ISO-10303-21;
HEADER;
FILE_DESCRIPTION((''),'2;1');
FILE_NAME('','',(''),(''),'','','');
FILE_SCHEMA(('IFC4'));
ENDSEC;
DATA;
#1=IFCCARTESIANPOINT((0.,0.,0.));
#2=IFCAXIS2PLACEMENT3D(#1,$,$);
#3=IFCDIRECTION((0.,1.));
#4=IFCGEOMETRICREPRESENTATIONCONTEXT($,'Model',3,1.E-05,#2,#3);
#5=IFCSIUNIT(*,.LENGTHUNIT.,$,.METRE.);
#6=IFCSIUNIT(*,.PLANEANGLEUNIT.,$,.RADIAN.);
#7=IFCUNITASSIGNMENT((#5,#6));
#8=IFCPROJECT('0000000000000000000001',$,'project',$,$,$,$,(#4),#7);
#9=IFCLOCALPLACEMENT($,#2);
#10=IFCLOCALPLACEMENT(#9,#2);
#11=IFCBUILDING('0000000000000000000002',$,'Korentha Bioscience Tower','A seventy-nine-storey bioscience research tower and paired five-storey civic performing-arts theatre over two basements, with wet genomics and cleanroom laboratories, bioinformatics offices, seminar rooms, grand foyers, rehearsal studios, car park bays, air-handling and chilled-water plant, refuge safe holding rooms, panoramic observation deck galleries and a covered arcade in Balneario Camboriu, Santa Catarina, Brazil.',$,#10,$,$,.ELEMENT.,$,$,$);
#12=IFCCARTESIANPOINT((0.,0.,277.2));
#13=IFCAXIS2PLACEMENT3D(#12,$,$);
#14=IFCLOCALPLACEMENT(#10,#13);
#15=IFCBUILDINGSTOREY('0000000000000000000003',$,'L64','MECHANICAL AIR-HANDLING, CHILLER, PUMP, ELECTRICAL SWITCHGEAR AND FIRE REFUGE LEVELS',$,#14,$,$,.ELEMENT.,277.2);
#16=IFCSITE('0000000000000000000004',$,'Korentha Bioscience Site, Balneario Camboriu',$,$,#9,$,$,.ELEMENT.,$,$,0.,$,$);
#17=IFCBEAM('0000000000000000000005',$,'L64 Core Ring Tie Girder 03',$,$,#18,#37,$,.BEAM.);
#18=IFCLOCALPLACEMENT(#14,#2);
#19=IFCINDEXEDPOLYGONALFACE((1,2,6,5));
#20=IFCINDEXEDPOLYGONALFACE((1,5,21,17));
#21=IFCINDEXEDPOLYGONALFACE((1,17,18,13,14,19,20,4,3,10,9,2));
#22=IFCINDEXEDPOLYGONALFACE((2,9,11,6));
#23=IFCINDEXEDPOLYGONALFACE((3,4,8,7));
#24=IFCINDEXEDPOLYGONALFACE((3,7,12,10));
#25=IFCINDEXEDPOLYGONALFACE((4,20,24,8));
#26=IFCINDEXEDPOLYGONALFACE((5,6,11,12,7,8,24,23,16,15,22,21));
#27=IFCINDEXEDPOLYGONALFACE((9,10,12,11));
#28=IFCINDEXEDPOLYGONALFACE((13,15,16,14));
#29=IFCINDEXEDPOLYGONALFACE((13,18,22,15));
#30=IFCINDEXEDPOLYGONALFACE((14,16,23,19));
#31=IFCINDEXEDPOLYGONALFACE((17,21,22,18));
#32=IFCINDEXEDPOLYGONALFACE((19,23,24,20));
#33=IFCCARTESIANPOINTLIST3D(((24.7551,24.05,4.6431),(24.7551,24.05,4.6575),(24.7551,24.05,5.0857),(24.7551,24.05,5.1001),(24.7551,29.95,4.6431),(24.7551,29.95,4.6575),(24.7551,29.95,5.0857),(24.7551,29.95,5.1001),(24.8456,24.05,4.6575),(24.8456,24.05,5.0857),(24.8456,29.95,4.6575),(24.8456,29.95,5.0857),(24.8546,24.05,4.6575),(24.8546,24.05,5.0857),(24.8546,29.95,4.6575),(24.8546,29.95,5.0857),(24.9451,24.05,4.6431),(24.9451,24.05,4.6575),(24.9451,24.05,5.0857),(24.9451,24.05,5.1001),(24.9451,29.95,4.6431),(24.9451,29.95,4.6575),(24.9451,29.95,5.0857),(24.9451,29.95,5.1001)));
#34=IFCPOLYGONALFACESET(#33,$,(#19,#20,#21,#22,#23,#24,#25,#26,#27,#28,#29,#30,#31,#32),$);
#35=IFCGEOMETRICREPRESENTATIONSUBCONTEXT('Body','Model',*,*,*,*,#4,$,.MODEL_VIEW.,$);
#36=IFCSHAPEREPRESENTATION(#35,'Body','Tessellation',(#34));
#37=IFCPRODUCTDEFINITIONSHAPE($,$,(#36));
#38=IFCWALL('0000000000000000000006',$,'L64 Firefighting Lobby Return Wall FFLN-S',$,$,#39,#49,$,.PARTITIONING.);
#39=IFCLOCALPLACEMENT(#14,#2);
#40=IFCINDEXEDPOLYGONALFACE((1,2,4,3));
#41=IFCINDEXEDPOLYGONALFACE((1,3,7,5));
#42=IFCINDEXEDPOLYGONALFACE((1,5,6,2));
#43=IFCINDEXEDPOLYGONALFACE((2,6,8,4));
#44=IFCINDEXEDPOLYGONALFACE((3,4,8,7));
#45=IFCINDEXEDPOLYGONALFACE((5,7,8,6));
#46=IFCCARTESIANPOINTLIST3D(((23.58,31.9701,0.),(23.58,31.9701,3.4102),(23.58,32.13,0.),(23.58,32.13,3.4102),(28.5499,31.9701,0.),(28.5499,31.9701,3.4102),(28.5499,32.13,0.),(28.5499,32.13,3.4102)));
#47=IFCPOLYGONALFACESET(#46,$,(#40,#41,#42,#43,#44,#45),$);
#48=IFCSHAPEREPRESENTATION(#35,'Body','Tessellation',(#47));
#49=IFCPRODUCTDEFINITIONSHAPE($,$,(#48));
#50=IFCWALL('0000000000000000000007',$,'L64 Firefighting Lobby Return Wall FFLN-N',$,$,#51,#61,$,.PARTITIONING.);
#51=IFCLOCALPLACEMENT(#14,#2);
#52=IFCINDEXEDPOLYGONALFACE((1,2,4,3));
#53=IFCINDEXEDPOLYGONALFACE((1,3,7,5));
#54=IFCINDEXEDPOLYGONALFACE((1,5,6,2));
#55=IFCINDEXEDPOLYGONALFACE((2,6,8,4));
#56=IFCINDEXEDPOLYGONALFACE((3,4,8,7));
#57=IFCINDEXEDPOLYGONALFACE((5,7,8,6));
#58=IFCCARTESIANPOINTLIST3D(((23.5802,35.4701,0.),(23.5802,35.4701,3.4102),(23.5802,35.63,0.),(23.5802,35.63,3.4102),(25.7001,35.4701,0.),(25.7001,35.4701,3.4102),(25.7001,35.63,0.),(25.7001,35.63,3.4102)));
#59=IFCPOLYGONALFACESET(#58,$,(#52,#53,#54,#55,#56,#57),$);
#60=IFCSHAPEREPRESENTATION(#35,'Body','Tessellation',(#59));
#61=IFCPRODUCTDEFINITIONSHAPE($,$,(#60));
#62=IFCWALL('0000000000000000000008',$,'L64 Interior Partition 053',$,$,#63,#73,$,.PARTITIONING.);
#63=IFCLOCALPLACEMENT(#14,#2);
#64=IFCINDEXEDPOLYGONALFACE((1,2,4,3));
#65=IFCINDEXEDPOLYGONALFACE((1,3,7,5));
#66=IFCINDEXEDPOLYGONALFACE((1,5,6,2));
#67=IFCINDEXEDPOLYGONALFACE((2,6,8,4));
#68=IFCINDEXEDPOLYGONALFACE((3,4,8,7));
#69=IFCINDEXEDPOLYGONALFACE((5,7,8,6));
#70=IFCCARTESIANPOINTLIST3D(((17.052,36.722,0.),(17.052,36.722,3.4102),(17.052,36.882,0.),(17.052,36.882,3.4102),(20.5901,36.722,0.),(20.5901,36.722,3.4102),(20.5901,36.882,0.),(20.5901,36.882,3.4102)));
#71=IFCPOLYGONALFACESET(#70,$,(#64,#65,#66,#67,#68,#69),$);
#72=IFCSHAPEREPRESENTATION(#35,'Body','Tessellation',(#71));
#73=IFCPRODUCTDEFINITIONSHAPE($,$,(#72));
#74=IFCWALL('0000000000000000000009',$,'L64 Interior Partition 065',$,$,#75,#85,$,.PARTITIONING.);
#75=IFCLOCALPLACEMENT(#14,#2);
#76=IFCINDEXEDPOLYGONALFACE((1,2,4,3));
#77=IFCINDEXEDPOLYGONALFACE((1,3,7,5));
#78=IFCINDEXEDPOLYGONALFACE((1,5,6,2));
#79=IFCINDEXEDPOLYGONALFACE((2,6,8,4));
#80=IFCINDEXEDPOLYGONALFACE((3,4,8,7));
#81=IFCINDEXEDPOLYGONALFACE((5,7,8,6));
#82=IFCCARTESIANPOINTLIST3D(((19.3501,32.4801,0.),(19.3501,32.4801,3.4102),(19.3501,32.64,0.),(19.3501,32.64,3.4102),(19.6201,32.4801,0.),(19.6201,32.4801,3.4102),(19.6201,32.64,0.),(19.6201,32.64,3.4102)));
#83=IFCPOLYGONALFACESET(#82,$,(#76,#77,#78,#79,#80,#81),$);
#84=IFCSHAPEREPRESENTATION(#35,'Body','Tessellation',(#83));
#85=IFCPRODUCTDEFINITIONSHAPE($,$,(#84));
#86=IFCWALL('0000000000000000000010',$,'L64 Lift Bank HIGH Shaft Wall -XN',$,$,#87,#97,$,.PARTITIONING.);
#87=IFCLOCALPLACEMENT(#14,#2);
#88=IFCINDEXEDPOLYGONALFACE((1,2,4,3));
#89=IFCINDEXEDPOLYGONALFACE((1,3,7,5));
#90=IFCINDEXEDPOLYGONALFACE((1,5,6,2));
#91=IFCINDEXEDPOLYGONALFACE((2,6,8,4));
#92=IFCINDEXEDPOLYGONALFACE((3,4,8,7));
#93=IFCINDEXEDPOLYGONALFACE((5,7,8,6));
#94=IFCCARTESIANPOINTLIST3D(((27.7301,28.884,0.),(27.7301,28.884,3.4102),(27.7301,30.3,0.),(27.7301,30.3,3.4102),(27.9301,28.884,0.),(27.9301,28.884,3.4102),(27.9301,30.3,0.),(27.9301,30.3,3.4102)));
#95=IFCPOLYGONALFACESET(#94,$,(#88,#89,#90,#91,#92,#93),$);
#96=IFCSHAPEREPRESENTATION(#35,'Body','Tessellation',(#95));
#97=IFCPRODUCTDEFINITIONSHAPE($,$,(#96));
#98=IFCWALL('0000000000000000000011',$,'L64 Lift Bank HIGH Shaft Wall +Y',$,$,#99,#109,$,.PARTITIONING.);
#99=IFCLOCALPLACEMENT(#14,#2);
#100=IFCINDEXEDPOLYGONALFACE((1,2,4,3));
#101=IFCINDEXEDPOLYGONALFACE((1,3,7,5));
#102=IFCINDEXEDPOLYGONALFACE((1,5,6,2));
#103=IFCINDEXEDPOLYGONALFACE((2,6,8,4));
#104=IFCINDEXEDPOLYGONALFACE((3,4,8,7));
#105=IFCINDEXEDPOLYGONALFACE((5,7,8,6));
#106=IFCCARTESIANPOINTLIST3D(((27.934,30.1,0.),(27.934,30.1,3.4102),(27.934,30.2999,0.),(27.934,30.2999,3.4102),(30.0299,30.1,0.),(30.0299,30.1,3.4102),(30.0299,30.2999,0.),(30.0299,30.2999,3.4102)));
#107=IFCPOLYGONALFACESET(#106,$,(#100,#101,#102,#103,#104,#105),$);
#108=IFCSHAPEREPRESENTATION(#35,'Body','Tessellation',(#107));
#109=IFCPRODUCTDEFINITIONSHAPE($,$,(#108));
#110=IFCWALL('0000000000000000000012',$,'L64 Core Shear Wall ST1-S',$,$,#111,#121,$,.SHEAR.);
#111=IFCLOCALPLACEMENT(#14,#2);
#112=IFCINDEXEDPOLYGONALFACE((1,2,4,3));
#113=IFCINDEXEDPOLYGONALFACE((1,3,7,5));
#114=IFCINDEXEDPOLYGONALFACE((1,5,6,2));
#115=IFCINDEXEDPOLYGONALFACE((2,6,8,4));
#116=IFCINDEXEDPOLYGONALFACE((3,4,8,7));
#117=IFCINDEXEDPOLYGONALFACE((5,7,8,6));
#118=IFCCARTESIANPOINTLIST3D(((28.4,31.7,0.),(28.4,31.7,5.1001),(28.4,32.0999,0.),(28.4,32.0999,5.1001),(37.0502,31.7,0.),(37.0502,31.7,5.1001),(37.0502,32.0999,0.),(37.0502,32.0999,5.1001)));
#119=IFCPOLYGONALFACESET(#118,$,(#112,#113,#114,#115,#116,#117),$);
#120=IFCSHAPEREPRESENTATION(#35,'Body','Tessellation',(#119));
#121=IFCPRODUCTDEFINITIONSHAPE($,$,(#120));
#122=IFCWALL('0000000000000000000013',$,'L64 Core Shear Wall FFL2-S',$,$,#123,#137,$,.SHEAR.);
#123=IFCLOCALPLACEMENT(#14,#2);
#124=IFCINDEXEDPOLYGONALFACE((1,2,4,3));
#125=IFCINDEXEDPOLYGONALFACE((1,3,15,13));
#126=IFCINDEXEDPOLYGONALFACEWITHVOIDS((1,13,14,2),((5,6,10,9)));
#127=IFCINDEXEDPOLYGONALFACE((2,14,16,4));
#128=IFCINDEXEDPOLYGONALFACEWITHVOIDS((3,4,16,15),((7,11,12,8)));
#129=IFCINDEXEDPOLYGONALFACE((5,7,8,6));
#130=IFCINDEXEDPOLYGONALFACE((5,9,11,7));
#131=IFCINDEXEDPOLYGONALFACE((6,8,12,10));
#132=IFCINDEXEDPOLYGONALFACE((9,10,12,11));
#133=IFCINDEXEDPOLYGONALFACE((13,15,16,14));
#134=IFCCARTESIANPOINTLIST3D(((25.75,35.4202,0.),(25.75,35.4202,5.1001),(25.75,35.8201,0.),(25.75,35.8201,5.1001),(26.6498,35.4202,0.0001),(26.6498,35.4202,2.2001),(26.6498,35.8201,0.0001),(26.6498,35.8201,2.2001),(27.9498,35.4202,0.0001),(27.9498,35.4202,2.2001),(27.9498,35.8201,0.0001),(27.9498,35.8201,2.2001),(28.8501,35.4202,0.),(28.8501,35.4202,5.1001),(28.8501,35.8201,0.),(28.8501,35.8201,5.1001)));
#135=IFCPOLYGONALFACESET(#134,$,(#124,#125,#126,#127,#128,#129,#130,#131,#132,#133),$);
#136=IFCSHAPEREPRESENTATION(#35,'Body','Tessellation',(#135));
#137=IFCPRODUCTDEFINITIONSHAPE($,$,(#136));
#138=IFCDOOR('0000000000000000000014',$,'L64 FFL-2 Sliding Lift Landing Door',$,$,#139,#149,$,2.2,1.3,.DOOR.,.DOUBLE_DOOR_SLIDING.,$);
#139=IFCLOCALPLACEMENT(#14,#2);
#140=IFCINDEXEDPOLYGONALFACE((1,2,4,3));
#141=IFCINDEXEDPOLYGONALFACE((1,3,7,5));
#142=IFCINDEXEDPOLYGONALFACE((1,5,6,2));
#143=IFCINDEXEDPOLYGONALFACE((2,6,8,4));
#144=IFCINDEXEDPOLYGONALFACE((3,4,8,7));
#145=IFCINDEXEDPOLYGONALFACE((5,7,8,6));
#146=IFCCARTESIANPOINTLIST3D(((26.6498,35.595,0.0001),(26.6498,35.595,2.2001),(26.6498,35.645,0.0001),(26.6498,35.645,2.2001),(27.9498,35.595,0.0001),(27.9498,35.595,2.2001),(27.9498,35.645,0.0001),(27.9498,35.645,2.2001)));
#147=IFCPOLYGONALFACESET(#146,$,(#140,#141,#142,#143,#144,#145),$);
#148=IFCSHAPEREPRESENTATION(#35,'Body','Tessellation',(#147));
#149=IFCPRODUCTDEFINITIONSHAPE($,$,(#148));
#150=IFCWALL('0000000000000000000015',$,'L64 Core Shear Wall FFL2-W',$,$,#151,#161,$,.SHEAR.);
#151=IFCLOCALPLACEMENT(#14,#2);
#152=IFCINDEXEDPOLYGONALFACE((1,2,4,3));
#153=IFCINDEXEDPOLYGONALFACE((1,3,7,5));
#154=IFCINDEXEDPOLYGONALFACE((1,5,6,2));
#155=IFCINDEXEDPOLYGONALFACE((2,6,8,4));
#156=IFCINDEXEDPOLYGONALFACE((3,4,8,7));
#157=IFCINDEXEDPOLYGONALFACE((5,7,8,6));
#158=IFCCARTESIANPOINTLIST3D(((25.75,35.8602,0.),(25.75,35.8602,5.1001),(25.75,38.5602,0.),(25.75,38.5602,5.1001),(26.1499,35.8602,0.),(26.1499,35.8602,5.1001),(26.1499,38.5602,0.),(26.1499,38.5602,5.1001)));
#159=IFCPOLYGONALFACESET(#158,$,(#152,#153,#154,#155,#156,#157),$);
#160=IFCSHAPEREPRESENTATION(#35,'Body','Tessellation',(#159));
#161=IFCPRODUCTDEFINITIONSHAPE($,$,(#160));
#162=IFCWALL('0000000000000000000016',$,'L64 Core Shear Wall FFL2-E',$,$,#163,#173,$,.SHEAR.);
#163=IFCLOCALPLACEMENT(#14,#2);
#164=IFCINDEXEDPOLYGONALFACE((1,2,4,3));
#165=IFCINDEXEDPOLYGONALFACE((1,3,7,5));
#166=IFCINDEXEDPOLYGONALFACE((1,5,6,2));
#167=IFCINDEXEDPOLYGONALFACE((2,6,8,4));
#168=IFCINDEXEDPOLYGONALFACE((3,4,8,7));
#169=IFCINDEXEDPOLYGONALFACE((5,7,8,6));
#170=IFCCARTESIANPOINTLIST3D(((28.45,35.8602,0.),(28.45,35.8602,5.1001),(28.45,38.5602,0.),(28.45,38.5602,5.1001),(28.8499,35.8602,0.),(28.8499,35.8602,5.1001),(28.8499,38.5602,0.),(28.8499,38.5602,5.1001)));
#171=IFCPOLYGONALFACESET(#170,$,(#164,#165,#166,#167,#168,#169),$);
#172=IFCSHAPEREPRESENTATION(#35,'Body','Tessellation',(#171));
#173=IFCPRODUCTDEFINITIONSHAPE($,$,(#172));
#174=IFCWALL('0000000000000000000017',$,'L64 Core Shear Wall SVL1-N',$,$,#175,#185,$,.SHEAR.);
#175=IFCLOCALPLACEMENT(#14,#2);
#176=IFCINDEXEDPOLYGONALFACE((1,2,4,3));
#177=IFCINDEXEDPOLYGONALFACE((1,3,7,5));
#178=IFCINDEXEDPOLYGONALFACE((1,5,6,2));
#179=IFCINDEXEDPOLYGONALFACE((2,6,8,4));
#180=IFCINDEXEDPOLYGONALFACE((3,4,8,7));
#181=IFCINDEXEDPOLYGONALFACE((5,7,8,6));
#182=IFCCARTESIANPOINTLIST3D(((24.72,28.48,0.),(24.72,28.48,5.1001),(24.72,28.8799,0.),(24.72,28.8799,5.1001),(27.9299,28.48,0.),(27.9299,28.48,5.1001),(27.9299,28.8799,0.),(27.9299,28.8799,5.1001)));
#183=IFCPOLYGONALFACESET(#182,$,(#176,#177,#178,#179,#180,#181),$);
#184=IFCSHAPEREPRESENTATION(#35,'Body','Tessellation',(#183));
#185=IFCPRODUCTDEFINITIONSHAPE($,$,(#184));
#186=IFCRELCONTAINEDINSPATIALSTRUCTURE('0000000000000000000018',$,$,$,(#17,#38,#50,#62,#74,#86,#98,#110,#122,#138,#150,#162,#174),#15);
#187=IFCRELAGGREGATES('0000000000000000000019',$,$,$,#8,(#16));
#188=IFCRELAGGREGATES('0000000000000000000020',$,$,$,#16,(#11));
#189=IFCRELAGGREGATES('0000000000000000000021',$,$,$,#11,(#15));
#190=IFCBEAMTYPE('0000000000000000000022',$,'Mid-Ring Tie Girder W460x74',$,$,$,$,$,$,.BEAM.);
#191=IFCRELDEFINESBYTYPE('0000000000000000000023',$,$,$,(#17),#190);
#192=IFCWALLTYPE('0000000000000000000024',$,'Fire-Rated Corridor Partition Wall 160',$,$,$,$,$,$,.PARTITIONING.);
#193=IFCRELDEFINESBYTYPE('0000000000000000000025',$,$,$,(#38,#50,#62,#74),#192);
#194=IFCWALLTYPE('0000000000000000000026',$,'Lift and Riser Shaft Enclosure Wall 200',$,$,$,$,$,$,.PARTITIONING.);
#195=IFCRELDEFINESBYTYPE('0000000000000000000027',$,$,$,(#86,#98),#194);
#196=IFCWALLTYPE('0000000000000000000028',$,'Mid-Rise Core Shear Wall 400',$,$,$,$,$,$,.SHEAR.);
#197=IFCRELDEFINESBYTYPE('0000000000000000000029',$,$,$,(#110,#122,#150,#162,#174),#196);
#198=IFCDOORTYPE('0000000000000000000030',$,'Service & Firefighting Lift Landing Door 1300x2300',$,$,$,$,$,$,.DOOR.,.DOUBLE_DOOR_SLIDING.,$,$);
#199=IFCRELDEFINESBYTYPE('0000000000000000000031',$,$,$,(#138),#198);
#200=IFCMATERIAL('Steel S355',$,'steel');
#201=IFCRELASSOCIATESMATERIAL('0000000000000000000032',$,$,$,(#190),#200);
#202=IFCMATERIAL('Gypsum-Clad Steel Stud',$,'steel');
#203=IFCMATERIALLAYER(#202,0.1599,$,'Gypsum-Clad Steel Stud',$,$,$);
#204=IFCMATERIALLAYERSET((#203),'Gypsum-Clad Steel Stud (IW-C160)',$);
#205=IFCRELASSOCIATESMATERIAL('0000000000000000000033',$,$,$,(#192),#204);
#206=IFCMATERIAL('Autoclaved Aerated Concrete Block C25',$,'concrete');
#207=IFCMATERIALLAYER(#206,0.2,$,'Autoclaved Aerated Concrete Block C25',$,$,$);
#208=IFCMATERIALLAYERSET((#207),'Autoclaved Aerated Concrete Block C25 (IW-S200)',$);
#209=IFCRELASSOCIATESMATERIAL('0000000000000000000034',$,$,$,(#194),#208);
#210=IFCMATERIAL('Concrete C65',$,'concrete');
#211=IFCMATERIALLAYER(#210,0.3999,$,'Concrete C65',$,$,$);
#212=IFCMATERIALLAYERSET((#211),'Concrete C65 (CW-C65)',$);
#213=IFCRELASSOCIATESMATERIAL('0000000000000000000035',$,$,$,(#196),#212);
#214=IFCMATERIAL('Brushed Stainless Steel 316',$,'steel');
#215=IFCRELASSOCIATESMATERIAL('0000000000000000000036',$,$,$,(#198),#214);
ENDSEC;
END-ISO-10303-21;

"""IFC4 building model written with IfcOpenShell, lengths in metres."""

from ifc_helpers import new_model, si_unit, direction, frame, frame_2d, origin, origin_2d, place, context, subcontext, project, spatial, rectangle, i_section, extrude, material, layer, layer_set, material_profile, profile_set, type_object, element, fill, save


model = new_model("IFC4")

# Units and contexts
model_context = context("Model", 3, precision=1e-05, world=origin(), true_north=direction((0.0, 1.0)))
body_context = subcontext(model_context, "Body", "Model", "MODEL_VIEW")
ifc_project = project(units=[si_unit("LENGTHUNIT", "METRE"), si_unit("PLANEANGLEUNIT", "RADIAN")], contexts=[model_context])

# Site, building, storey
site_placement = place(None, origin())
site = spatial("IfcSite", under=ifc_project, at=site_placement, Name="Korentha Bioscience Site, Balneario Camboriu", CompositionType="ELEMENT", RefElevation=0.0)
building_placement = place(site_placement, origin())
building = spatial("IfcBuilding", under=site, at=building_placement, Name="Korentha Bioscience Tower", Description="A seventy-nine-storey bioscience research tower and paired five-storey civic performing-arts theatre over two basements, with wet genomics and cleanroom laboratories, bioinformatics offices, seminar rooms, grand foyers, rehearsal studios, car park bays, air-handling and chilled-water plant, refuge safe holding rooms, panoramic observation deck galleries and a covered arcade in Balneario Camboriu, Santa Catarina, Brazil.", CompositionType="ELEMENT")
storey_placement = place(building_placement, frame((0.0, 0.0, 277.2)))
storey = spatial("IfcBuildingStorey", under=building, at=storey_placement, Name="L64", Description="MECHANICAL AIR-HANDLING, CHILLER, PUMP, ELECTRICAL SWITCHGEAR AND FIRE REFUGE LEVELS", CompositionType="ELEMENT", Elevation=277.2)

# Shared definitions
ifc_material_1 = material(Name="Concrete C65", Category="concrete")

# Beam
ifc_material_2 = material(Name="Steel S355", Category="steel")
ifc_material_profile_1 = material_profile(ifc_material_2, i_section(OverallWidth=0.1899, OverallDepth=0.457, WebThickness=0.009, FlangeThickness=0.0144, at=origin_2d()), Name="Steel S355")
ifc_profile_set_1 = profile_set([ifc_material_profile_1], Name="Steel S355 (MB-460)")
beam_type_1 = type_object("IfcBeamType", Name="Mid-Ring Tie Girder W460x74", PredefinedType="BEAM", material=ifc_profile_set_1)
beam_1_placement = place(storey_placement, frame((24.8501, 29.95, 4.8716), z_axis=(0.0, -1.0, 0.0), x_axis=(1.0, 0.0, 0.0)))
element("IfcBeam", 1, at=beam_1_placement, inside=storey, type_object=beam_type_1, Name="L64 Core Ring Tie Girder 03", PredefinedType="BEAM", context=body_context, shape_type="SweptSolid", body=[
    extrude(i_section(OverallWidth=0.1899, OverallDepth=0.457, WebThickness=0.009, FlangeThickness=0.0144, at=origin_2d()), origin(), (0.0, 0.0, 1.0), 5.8999),
])

# Shared definitions
ifc_material_3 = material(Name="Gypsum-Clad Steel Stud", Category="steel")
ifc_layer_1 = layer(ifc_material_3, 0.1599, Name="Gypsum-Clad Steel Stud")
ifc_layer_set_1 = layer_set([ifc_layer_1], Name="Gypsum-Clad Steel Stud (IW-C160)")
wall_type_1 = type_object("IfcWallType", Name="Fire-Rated Corridor Partition Wall 160", PredefinedType="PARTITIONING", material=ifc_layer_set_1)

# Walls
wall_1_placement = place(storey_placement, frame((23.5801, 32.05, 0.0), z_axis=(0.0, 0.0, 1.0), x_axis=(1.0, 0.0, 0.0)))
element("IfcWall", 2, at=wall_1_placement, inside=storey, type_object=wall_type_1, Name="L64 Firefighting Lobby Return Wall FFLN-S", PredefinedType="PARTITIONING", context=body_context, shape_type="SweptSolid", body=[
    extrude(rectangle(XDim=4.97, YDim=0.1599, at=frame_2d((2.4849, 0.0))), origin(), (0.0, 0.0, 1.0), 3.4102),
])
wall_2_placement = place(storey_placement, frame((23.5801, 35.55, 0.0), z_axis=(0.0, 0.0, 1.0), x_axis=(1.0, 0.0, 0.0)))
element("IfcWall", 3, at=wall_2_placement, inside=storey, type_object=wall_type_1, Name="L64 Firefighting Lobby Return Wall FFLN-N", PredefinedType="PARTITIONING", context=body_context, shape_type="SweptSolid", body=[
    extrude(rectangle(XDim=2.1199, YDim=0.1599, at=frame_2d((1.0601, 0.0))), origin(), (0.0, 0.0, 1.0), 3.4102),
])

# Walls
wall_3_placement = place(storey_placement, frame((20.5901, 36.802, 0.0), z_axis=(0.0, 0.0, 1.0), x_axis=(-1.0, 0.0, 0.0)))
element("IfcWall", 4, at=wall_3_placement, inside=storey, type_object=wall_type_1, Name="L64 Interior Partition 053", PredefinedType="PARTITIONING", context=body_context, shape_type="SweptSolid", body=[
    extrude(rectangle(XDim=3.5381, YDim=0.1599, at=frame_2d((1.769, 0.0))), origin(), (0.0, 0.0, 1.0), 3.4102),
])
wall_4_placement = place(storey_placement, frame((19.6201, 32.5601, 0.0), z_axis=(0.0, 0.0, 1.0), x_axis=(-1.0, 0.0, 0.0)))
element("IfcWall", 5, at=wall_4_placement, inside=storey, type_object=wall_type_1, Name="L64 Interior Partition 065", PredefinedType="PARTITIONING", context=body_context, shape_type="SweptSolid", body=[
    extrude(rectangle(XDim=0.27, YDim=0.1599, at=frame_2d((0.135, 0.0))), origin(), (0.0, 0.0, 1.0), 3.4102),
])
ifc_material_4 = material(Name="Autoclaved Aerated Concrete Block C25", Category="concrete")
ifc_layer_2 = layer(ifc_material_4, 0.2, Name="Autoclaved Aerated Concrete Block C25")
ifc_layer_set_2 = layer_set([ifc_layer_2], Name="Autoclaved Aerated Concrete Block C25 (IW-S200)")
wall_type_2 = type_object("IfcWallType", Name="Lift and Riser Shaft Enclosure Wall 200", PredefinedType="PARTITIONING", material=ifc_layer_set_2)
wall_5_placement = place(storey_placement, frame((27.8301, 28.884, 0.0), z_axis=(0.0, 0.0, 1.0), x_axis=(0.0, 1.0, 0.0)))
element("IfcWall", 6, at=wall_5_placement, inside=storey, type_object=wall_type_2, Name="L64 Lift Bank HIGH Shaft Wall -XN", PredefinedType="PARTITIONING", context=body_context, shape_type="SweptSolid", body=[
    extrude(rectangle(XDim=1.416, YDim=0.2, at=frame_2d((0.708, 0.0))), origin(), (0.0, 0.0, 1.0), 3.4102),
])
wall_6_placement = place(storey_placement, frame((27.9341, 30.2, 0.0), z_axis=(0.0, 0.0, 1.0), x_axis=(1.0, 0.0, 0.0)))
element("IfcWall", 7, at=wall_6_placement, inside=storey, type_object=wall_type_2, Name="L64 Lift Bank HIGH Shaft Wall +Y", PredefinedType="PARTITIONING", context=body_context, shape_type="SweptSolid", body=[
    extrude(rectangle(XDim=2.0959, YDim=0.2, at=frame_2d((1.0479, 0.0))), origin(), (0.0, 0.0, 1.0), 3.4102),
])
ifc_layer_3 = layer(ifc_material_1, 0.3999, Name="Concrete C65")
ifc_layer_set_3 = layer_set([ifc_layer_3], Name="Concrete C65 (CW-C65)")
wall_type_3 = type_object("IfcWallType", Name="Mid-Rise Core Shear Wall 400", PredefinedType="SHEAR", material=ifc_layer_set_3)
wall_7_placement = place(storey_placement, frame((28.3999, 31.8999, 0.0), z_axis=(0.0, 0.0, 1.0), x_axis=(1.0, 0.0, 0.0)))
element("IfcWall", 8, at=wall_7_placement, inside=storey, type_object=wall_type_3, Name="L64 Core Shear Wall ST1-S", PredefinedType="SHEAR", context=body_context, shape_type="SweptSolid", body=[
    extrude(rectangle(XDim=8.6501, YDim=0.3999, at=frame_2d((4.3252, 0.0))), origin(), (0.0, 0.0, 1.0), 5.1001),
])

# Wall, opening, door
wall_8_placement = place(storey_placement, frame((25.75, 35.6201, 0.0), z_axis=(0.0, 0.0, 1.0), x_axis=(1.0, 0.0, 0.0)))
wall_8 = element("IfcWall", 9, at=wall_8_placement, inside=storey, type_object=wall_type_3, Name="L64 Core Shear Wall FFL2-S", PredefinedType="SHEAR", context=body_context, shape_type="SweptSolid", body=[
    extrude(rectangle(XDim=3.1001, YDim=0.3999, at=frame_2d((1.55, 0.0))), origin(), (0.0, 0.0, 1.0), 5.1001),
])
opening_1_placement = place(wall_8_placement, frame((0.8999, 0.0, 0.0)))
opening_1 = element("IfcOpeningElement", 10, at=opening_1_placement, cuts=wall_8, PredefinedType="OPENING", context=body_context, shape_type="SweptSolid", body=[
    extrude(rectangle(XDim=1.3, YDim=2.2, at=frame_2d((0.6499, 1.1001))), frame((0.0, 0.2148, 0.0), z_axis=(0.0, -1.0, 0.0), x_axis=(1.0, 0.0, 0.0)), (0.0, 0.0, 1.0), 0.4297),
])
ifc_material_5 = material(Name="Brushed Stainless Steel 316", Category="steel")
door_type_1 = type_object("IfcDoorType", Name="Service & Firefighting Lift Landing Door 1300x2300", OperationType="DOUBLE_DOOR_SLIDING", PredefinedType="DOOR", material=ifc_material_5)
door_1_placement = place(opening_1_placement, origin())
door_1 = element("IfcDoor", 11, at=door_1_placement, inside=storey, type_object=door_type_1, Name="L64 FFL-2 Sliding Lift Landing Door", OperationType="DOUBLE_DOOR_SLIDING", OverallHeight=2.2, OverallWidth=1.3, PredefinedType="DOOR", context=body_context, shape_type="SweptSolid", body=[
    extrude(rectangle(XDim=1.3, YDim=2.2, at=frame_2d((0.6499, 1.1001))), frame((0.0, 0.0249, 0.0), z_axis=(0.0, -1.0, 0.0), x_axis=(1.0, 0.0, 0.0)), (0.0, 0.0, 1.0), 0.05),
])
fill(opening_1, door_1)

# Walls
for number, where, z_axis, x_axis, name in (
    (12, (25.95, 35.8601, 0.0), (0.0, 0.0, 1.0), (0.0, 1.0, 0.0), "L64 Core Shear Wall FFL2-W"),
    (13, (28.6499, 35.8601, 0.0), (0.0, 0.0, 1.0), (0.0, 1.0, 0.0), "L64 Core Shear Wall FFL2-E"),
):
    element("IfcWall", number, at=place(storey_placement, frame(where, z_axis=z_axis, x_axis=x_axis)), inside=storey, type_object=wall_type_3, Name=name, PredefinedType="SHEAR", context=body_context, shape_type="SweptSolid", body=[
        extrude(rectangle(XDim=2.7, YDim=0.3999, at=frame_2d((1.3501, 0.0))), origin(), (0.0, 0.0, 1.0), 5.1001),
    ])
wall_9_placement = place(storey_placement, frame((24.72, 28.6799, 0.0), z_axis=(0.0, 0.0, 1.0), x_axis=(1.0, 0.0, 0.0)))
element("IfcWall", 14, at=wall_9_placement, inside=storey, type_object=wall_type_3, Name="L64 Core Shear Wall SVL1-N", PredefinedType="SHEAR", context=body_context, shape_type="SweptSolid", body=[
    extrude(rectangle(XDim=3.21, YDim=0.3999, at=frame_2d((1.605, 0.0))), origin(), (0.0, 0.0, 1.0), 5.1001),
])

save(model, "model.ifc")
